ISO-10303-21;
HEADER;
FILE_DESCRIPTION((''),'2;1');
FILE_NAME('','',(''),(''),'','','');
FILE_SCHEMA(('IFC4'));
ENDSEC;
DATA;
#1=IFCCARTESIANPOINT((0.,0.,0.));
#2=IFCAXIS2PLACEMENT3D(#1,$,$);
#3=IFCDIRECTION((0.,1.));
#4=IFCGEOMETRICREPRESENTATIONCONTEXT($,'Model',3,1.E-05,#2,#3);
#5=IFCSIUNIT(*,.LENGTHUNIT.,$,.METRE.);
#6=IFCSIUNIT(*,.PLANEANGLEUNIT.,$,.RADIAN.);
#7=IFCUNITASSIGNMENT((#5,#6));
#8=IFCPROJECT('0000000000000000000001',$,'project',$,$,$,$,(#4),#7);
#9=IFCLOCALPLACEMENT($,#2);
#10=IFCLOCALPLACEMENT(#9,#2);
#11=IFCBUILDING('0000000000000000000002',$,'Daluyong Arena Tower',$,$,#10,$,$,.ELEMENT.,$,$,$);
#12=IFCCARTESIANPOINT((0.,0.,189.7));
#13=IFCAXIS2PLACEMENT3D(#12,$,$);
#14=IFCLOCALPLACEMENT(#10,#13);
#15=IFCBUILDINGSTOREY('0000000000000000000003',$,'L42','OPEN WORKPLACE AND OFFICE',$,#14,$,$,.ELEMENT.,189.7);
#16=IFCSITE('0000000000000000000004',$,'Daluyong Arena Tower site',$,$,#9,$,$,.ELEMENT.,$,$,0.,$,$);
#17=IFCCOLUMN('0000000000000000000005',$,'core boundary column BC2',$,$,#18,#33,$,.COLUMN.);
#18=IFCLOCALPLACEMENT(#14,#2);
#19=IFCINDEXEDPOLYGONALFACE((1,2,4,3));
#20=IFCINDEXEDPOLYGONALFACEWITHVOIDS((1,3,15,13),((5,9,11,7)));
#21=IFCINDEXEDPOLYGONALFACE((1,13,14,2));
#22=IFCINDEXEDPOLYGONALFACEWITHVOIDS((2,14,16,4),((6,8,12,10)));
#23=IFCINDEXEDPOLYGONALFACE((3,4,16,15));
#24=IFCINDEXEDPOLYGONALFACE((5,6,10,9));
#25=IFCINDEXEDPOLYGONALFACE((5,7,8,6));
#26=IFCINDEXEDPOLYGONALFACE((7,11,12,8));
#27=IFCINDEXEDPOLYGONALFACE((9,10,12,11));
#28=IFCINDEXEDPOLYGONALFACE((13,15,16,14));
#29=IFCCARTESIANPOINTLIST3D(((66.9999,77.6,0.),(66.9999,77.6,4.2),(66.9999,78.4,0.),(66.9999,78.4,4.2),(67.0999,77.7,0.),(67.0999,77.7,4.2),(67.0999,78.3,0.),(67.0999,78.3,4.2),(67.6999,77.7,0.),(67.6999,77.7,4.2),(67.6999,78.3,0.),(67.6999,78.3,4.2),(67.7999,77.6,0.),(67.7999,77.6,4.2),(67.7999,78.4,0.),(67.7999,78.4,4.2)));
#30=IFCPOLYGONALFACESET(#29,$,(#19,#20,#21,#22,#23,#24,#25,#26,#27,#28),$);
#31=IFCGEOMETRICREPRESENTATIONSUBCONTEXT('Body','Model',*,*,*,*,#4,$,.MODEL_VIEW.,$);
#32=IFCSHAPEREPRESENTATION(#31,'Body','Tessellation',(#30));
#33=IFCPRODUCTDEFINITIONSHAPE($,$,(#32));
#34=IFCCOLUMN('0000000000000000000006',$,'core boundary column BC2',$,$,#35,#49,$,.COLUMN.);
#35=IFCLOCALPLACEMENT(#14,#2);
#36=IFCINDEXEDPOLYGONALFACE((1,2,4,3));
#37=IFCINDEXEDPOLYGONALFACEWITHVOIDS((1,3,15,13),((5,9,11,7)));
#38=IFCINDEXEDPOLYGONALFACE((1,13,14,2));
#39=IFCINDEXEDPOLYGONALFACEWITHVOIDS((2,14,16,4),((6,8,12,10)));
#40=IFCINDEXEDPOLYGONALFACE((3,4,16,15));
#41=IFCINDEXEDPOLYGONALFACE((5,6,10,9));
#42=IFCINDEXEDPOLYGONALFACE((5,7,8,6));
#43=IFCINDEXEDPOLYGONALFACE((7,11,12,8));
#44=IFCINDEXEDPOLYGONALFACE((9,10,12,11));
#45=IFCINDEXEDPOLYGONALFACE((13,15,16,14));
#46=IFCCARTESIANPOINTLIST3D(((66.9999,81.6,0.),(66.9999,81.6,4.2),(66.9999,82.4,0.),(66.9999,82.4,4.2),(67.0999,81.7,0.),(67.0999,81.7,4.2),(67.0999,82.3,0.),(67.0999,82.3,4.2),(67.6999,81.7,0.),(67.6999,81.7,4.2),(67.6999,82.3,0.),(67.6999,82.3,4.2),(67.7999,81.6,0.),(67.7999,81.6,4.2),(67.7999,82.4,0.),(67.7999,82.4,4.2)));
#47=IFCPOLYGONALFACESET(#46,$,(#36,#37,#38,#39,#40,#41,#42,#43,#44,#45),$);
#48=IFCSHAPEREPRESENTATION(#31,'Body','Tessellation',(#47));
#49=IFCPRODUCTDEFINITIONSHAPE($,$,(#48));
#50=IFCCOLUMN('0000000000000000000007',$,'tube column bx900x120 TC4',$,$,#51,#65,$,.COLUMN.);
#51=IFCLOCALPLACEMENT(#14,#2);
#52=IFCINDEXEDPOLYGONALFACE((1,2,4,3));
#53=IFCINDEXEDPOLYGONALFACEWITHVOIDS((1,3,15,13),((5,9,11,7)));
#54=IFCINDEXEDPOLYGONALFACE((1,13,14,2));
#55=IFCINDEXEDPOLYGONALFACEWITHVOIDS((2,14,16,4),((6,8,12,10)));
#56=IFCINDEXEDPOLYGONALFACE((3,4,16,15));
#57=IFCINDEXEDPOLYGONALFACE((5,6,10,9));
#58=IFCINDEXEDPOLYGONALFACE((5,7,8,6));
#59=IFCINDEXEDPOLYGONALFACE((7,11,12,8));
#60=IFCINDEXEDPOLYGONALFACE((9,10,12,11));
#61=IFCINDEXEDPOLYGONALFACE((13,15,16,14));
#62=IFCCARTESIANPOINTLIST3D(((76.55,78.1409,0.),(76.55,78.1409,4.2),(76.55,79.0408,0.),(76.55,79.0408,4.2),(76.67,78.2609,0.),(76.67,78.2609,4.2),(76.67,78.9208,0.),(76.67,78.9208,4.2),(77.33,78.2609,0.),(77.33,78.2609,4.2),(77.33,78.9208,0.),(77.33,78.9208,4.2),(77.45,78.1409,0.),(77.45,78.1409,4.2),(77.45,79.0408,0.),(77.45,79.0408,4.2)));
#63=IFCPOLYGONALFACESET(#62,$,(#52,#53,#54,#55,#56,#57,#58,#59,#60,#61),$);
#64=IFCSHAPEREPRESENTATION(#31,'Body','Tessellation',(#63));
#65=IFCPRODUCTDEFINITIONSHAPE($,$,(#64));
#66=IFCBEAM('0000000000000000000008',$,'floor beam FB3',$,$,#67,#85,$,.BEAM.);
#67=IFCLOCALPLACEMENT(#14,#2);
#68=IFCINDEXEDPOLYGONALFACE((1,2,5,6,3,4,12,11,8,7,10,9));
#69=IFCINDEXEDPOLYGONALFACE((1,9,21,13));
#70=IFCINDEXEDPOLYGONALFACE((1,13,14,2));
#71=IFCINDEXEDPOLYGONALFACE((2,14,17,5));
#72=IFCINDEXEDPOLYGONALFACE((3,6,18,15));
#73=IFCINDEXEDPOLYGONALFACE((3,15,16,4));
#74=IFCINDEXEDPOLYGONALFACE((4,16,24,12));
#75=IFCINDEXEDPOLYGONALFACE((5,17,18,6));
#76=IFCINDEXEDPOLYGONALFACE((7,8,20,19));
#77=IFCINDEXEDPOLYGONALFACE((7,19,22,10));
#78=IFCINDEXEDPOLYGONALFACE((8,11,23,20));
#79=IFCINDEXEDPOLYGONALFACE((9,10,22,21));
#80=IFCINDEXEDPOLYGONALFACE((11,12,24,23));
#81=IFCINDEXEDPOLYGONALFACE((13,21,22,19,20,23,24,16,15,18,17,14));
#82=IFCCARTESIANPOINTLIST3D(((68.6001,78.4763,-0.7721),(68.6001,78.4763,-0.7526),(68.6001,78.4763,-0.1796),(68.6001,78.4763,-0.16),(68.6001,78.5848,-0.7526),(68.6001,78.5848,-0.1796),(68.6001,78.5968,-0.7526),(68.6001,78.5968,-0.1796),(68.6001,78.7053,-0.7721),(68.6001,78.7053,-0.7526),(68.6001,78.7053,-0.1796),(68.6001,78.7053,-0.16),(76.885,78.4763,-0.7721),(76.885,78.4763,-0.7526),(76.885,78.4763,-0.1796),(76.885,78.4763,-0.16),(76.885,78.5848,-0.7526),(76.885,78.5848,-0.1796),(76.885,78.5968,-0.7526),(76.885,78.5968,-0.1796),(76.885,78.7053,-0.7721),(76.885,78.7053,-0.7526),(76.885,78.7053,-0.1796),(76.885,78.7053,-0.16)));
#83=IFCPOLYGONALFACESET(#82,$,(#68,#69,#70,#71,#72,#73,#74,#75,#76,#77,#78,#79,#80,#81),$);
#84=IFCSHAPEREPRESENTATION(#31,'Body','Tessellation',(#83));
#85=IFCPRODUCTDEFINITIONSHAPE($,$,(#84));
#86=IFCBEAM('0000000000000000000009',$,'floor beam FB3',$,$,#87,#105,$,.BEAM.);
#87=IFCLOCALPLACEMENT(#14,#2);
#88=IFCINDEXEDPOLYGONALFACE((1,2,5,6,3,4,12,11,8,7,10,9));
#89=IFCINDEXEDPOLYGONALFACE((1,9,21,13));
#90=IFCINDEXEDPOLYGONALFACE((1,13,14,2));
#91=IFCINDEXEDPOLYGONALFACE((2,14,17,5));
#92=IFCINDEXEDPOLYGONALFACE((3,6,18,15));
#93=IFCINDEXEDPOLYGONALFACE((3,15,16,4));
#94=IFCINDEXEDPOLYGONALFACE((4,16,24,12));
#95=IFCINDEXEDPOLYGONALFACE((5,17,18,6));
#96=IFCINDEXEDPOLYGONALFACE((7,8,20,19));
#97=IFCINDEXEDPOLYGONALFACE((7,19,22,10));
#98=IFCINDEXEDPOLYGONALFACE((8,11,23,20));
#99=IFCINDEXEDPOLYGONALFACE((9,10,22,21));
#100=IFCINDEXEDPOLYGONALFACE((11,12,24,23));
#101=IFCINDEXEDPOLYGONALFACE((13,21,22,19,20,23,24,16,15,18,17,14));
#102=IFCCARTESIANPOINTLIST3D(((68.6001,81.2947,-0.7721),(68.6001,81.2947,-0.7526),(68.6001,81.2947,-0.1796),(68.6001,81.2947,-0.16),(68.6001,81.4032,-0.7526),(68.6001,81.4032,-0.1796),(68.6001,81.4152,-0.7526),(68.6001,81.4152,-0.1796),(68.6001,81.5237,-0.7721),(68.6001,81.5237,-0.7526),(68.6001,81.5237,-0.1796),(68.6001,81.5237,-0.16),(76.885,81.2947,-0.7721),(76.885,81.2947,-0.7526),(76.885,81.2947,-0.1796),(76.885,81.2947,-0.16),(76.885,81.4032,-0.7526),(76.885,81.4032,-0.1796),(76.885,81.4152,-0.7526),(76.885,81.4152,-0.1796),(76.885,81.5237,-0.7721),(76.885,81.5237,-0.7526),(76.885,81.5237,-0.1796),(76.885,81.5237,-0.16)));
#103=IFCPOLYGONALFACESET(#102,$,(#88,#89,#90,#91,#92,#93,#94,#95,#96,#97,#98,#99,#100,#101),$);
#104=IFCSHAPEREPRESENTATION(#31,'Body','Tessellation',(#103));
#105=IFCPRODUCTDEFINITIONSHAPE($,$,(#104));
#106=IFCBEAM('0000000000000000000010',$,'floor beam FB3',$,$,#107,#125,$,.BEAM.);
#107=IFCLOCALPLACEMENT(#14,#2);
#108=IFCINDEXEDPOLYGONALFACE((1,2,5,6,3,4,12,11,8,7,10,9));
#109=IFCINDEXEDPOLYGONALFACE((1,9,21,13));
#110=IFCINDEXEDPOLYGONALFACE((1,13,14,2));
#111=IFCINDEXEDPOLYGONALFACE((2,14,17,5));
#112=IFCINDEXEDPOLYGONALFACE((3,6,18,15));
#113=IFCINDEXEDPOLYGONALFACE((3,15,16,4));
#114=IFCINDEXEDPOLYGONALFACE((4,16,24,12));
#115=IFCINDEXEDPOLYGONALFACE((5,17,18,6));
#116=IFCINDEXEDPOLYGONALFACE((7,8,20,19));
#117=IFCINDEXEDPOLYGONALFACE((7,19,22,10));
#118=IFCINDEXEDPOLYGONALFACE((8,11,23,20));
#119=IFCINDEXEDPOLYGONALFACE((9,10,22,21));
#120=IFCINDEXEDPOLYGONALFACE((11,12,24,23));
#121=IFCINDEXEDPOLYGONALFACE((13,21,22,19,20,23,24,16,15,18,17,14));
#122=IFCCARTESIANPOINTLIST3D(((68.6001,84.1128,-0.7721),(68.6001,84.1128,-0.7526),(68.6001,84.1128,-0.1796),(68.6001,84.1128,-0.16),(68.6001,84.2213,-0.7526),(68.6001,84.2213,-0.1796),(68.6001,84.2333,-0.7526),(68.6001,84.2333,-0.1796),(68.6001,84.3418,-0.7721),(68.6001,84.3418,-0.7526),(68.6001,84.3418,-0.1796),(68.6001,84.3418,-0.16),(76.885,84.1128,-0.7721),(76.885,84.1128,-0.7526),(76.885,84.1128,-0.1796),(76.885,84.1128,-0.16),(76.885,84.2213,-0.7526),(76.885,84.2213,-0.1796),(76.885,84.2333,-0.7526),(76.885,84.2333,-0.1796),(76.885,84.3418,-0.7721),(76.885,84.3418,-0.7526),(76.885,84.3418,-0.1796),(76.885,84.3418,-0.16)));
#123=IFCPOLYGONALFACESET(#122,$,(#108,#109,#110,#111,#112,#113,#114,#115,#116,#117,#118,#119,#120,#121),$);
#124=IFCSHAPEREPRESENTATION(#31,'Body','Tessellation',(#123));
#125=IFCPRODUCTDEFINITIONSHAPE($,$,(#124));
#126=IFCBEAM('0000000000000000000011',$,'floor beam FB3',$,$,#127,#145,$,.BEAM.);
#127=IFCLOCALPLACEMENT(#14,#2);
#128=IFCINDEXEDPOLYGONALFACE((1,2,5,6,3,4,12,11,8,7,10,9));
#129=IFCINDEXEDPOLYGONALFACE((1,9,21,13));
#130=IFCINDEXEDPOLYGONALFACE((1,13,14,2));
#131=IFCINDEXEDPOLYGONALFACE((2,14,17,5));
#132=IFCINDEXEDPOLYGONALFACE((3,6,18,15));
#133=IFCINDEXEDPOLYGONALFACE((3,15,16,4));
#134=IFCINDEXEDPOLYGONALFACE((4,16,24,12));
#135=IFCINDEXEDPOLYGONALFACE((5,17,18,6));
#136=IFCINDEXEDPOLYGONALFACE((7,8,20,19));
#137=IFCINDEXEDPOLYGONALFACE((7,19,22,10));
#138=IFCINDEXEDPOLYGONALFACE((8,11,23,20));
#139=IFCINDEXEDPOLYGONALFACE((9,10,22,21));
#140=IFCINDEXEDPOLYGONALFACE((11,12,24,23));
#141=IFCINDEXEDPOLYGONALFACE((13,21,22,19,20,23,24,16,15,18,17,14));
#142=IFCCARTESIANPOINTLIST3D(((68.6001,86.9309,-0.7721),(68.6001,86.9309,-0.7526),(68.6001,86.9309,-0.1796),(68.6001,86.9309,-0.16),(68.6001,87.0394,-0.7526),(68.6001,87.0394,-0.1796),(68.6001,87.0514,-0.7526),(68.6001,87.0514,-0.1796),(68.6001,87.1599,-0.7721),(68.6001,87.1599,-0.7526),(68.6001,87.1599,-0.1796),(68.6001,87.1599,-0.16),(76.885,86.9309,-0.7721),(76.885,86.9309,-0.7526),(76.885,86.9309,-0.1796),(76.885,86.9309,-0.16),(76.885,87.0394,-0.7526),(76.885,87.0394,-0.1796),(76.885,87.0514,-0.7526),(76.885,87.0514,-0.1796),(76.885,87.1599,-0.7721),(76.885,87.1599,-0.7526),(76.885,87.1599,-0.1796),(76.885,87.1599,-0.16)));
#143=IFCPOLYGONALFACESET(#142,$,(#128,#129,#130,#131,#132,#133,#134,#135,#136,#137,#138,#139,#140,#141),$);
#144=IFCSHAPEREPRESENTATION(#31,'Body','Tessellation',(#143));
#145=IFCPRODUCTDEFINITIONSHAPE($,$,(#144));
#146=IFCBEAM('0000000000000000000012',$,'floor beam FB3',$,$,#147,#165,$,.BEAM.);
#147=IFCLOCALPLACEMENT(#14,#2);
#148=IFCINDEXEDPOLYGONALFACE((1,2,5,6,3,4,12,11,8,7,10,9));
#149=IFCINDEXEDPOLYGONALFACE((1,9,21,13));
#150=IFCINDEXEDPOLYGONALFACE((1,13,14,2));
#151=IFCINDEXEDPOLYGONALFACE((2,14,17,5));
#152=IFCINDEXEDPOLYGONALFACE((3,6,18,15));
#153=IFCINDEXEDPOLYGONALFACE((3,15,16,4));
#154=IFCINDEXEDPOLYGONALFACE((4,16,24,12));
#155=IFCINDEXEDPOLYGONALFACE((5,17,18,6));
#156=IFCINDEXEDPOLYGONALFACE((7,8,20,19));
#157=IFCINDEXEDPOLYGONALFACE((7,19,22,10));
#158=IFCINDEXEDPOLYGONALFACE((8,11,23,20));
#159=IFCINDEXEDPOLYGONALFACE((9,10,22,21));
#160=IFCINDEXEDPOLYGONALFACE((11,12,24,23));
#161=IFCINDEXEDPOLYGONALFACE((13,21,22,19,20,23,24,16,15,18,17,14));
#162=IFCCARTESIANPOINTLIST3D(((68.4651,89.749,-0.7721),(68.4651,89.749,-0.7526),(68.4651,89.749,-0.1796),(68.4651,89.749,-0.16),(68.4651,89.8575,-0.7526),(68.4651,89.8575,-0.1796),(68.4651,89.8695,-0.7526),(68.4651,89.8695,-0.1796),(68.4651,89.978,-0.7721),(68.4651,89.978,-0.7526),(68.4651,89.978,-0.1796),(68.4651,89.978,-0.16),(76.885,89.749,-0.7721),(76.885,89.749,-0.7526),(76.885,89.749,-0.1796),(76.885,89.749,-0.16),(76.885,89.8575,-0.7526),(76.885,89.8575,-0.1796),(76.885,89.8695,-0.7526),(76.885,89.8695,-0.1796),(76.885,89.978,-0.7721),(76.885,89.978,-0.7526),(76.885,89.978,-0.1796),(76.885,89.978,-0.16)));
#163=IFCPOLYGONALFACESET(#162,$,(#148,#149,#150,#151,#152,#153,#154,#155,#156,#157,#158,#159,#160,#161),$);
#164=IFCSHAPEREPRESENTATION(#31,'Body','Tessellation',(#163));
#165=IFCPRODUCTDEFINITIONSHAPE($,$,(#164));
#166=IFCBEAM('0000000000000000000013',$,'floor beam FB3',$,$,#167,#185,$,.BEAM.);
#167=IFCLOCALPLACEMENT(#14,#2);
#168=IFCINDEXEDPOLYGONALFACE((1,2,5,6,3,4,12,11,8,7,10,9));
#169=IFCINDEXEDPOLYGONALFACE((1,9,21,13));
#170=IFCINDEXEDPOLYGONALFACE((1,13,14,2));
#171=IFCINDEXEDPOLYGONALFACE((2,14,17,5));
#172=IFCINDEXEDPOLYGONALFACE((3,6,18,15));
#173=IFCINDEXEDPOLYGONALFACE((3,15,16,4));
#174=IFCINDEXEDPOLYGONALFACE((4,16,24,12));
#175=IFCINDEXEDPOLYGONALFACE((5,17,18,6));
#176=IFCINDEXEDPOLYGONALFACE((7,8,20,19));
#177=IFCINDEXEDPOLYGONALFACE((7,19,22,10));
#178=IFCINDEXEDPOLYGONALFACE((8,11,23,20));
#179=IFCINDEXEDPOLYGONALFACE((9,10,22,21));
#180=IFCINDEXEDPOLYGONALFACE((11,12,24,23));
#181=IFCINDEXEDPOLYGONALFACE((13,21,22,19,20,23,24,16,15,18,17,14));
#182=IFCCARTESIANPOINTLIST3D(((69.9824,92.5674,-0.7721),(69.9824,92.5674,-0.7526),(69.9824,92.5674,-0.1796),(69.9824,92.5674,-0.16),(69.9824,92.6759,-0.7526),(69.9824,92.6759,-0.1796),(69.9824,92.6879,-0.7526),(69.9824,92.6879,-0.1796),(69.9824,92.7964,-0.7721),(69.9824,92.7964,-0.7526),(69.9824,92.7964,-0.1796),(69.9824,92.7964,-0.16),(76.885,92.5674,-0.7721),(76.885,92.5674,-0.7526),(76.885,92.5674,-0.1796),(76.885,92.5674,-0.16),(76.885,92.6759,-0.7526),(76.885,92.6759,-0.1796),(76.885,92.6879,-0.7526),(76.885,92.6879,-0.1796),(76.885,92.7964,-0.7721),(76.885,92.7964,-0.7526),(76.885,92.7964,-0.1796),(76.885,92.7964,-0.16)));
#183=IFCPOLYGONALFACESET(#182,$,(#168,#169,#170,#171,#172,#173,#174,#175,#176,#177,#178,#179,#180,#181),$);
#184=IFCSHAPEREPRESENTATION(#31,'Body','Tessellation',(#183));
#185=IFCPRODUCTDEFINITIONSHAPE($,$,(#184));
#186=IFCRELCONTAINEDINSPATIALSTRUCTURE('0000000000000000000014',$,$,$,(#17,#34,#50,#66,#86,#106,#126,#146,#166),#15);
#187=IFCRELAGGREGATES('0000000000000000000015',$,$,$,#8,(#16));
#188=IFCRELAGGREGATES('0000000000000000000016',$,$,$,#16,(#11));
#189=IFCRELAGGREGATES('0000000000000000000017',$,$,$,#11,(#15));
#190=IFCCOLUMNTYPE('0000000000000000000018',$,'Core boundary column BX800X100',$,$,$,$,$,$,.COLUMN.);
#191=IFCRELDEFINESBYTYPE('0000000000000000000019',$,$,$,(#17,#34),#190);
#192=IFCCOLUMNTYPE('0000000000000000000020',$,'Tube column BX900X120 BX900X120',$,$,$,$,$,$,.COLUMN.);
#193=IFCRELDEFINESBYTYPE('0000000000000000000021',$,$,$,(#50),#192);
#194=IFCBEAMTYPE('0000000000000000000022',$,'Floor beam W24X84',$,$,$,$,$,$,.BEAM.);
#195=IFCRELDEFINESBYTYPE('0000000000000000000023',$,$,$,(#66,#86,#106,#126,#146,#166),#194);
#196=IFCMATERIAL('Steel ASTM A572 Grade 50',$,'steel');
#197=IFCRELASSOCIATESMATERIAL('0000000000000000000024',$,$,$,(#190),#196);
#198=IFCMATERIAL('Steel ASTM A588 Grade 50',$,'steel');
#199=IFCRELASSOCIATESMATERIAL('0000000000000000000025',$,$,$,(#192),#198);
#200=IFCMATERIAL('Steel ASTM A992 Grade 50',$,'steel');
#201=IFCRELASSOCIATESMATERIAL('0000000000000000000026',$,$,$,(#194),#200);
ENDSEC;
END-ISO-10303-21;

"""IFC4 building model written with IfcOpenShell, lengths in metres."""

from ifc_helpers import new_model, si_unit, direction, frame, origin, origin_2d, place, context, subcontext, project, spatial, hollow_rectangle, i_section, extrude, material, material_profile, profile_set, type_object, element, save


model = new_model("IFC4")

# Units and contexts
model_context = context("Model", 3, precision=1e-05, world=origin(), true_north=direction((0.0, 1.0)))
body_context = subcontext(model_context, "Body", "Model", "MODEL_VIEW")
ifc_project = project(units=[si_unit("LENGTHUNIT", "METRE"), si_unit("PLANEANGLEUNIT", "RADIAN")], contexts=[model_context])

# Site, building, storey
site_placement = place(None, origin())
site = spatial("IfcSite", under=ifc_project, at=site_placement, Name="Daluyong Arena Tower site", CompositionType="ELEMENT", RefElevation=0.0)
building_placement = place(site_placement, origin())
building = spatial("IfcBuilding", under=site, at=building_placement, Name="Daluyong Arena Tower", CompositionType="ELEMENT")
storey_placement = place(building_placement, frame((0.0, 0.0, 189.7)))
storey = spatial("IfcBuildingStorey", under=building, at=storey_placement, Name="L42", Description="OPEN WORKPLACE AND OFFICE", CompositionType="ELEMENT", Elevation=189.7)

# Columns
ifc_material_1 = material(Name="Steel ASTM A572 Grade 50", Category="steel")
ifc_material_profile_1 = material_profile(ifc_material_1, hollow_rectangle(XDim=0.8, YDim=0.8, WallThickness=0.1, at=origin_2d()))
ifc_profile_set_1 = profile_set([ifc_material_profile_1], Name="Steel ASTM A572 Grade 50")
column_type_1 = type_object("IfcColumnType", Name="Core boundary column BX800X100", PredefinedType="COLUMN", material=ifc_profile_set_1)
for number, where, z_axis, x_axis, name in (
    (1, (67.3999, 78.0, 0.0), (0.0, 0.0, 1.0), (1.0, 0.0, 0.0), "core boundary column BC2"),
    (2, (67.3999, 82.0, 0.0), (0.0, 0.0, 1.0), (1.0, 0.0, 0.0), "core boundary column BC2"),
):
    element("IfcColumn", number, at=place(storey_placement, frame(where, z_axis=z_axis, x_axis=x_axis)), inside=storey, type_object=column_type_1, Name=name, PredefinedType="COLUMN", context=body_context, shape_type="SweptSolid", body=[
        extrude(hollow_rectangle(XDim=0.8, YDim=0.8, WallThickness=0.1, at=origin_2d()), origin(), (0.0, 0.0, 1.0), 4.2),
    ])
ifc_material_2 = material(Name="Steel ASTM A588 Grade 50", Category="steel")
ifc_material_profile_2 = material_profile(ifc_material_2, hollow_rectangle(XDim=0.8999, YDim=0.8999, WallThickness=0.12, at=origin_2d()))
ifc_profile_set_2 = profile_set([ifc_material_profile_2], Name="Steel ASTM A588 Grade 50")
column_type_2 = type_object("IfcColumnType", Name="Tube column BX900X120 BX900X120", PredefinedType="COLUMN", material=ifc_profile_set_2)
column_placement = place(storey_placement, frame((77.0, 78.5908, 0.0), z_axis=(0.0, 0.0, 1.0), x_axis=(0.0, 1.0, 0.0)))
element("IfcColumn", 3, at=column_placement, inside=storey, type_object=column_type_2, Name="tube column bx900x120 TC4", PredefinedType="COLUMN", context=body_context, shape_type="SweptSolid", body=[
    extrude(hollow_rectangle(XDim=0.8999, YDim=0.8999, WallThickness=0.12, at=origin_2d()), origin(), (0.0, 0.0, 1.0), 4.2),
])

# Beams
ifc_material_3 = material(Name="Steel ASTM A992 Grade 50", Category="steel")
ifc_material_profile_3 = material_profile(ifc_material_3, i_section(OverallWidth=0.229, OverallDepth=0.6121, WebThickness=0.012, FlangeThickness=0.0195, at=origin_2d()))
ifc_profile_set_3 = profile_set([ifc_material_profile_3], Name="Steel ASTM A992 Grade 50")
beam_type_1 = type_object("IfcBeamType", Name="Floor beam W24X84", PredefinedType="BEAM", material=ifc_profile_set_3)
for number, where, z_axis, x_axis, name in (
    (4, (76.885, 78.5908, -0.4661), (-1.0, 0.0, 0.0), (0.0, -1.0, 0.0), "floor beam FB3"),
    (5, (76.885, 81.4092, -0.4661), (-1.0, 0.0, 0.0), (0.0, -1.0, 0.0), "floor beam FB3"),
    (6, (76.885, 84.2273, -0.4661), (-1.0, 0.0, 0.0), (0.0, -1.0, 0.0), "floor beam FB3"),
    (7, (76.885, 87.0454, -0.4661), (-1.0, 0.0, 0.0), (0.0, -1.0, 0.0), "floor beam FB3"),
):
    element("IfcBeam", number, at=place(storey_placement, frame(where, z_axis=z_axis, x_axis=x_axis)), inside=storey, type_object=beam_type_1, Name=name, PredefinedType="BEAM", context=body_context, shape_type="SweptSolid", body=[
        extrude(i_section(OverallWidth=0.229, OverallDepth=0.6121, WebThickness=0.012, FlangeThickness=0.0195, at=origin_2d()), origin(), (0.0, 0.0, 1.0), 8.2849),
    ])
beam_1_placement = place(storey_placement, frame((76.885, 89.8635, -0.4661), z_axis=(-1.0, 0.0, 0.0), x_axis=(0.0, -1.0, 0.0)))
element("IfcBeam", 8, at=beam_1_placement, inside=storey, type_object=beam_type_1, Name="floor beam FB3", PredefinedType="BEAM", context=body_context, shape_type="SweptSolid", body=[
    extrude(i_section(OverallWidth=0.229, OverallDepth=0.6121, WebThickness=0.012, FlangeThickness=0.0195, at=origin_2d()), origin(), (0.0, 0.0, 1.0), 8.4199),
])
beam_2_placement = place(storey_placement, frame((76.885, 92.6819, -0.4661), z_axis=(-1.0, 0.0, 0.0), x_axis=(0.0, -1.0, 0.0)))
element("IfcBeam", 9, at=beam_2_placement, inside=storey, type_object=beam_type_1, Name="floor beam FB3", PredefinedType="BEAM", context=body_context, shape_type="SweptSolid", body=[
    extrude(i_section(OverallWidth=0.229, OverallDepth=0.6121, WebThickness=0.012, FlangeThickness=0.0195, at=origin_2d()), origin(), (0.0, 0.0, 1.0), 6.9026),
])

save(model, "model.ifc")
